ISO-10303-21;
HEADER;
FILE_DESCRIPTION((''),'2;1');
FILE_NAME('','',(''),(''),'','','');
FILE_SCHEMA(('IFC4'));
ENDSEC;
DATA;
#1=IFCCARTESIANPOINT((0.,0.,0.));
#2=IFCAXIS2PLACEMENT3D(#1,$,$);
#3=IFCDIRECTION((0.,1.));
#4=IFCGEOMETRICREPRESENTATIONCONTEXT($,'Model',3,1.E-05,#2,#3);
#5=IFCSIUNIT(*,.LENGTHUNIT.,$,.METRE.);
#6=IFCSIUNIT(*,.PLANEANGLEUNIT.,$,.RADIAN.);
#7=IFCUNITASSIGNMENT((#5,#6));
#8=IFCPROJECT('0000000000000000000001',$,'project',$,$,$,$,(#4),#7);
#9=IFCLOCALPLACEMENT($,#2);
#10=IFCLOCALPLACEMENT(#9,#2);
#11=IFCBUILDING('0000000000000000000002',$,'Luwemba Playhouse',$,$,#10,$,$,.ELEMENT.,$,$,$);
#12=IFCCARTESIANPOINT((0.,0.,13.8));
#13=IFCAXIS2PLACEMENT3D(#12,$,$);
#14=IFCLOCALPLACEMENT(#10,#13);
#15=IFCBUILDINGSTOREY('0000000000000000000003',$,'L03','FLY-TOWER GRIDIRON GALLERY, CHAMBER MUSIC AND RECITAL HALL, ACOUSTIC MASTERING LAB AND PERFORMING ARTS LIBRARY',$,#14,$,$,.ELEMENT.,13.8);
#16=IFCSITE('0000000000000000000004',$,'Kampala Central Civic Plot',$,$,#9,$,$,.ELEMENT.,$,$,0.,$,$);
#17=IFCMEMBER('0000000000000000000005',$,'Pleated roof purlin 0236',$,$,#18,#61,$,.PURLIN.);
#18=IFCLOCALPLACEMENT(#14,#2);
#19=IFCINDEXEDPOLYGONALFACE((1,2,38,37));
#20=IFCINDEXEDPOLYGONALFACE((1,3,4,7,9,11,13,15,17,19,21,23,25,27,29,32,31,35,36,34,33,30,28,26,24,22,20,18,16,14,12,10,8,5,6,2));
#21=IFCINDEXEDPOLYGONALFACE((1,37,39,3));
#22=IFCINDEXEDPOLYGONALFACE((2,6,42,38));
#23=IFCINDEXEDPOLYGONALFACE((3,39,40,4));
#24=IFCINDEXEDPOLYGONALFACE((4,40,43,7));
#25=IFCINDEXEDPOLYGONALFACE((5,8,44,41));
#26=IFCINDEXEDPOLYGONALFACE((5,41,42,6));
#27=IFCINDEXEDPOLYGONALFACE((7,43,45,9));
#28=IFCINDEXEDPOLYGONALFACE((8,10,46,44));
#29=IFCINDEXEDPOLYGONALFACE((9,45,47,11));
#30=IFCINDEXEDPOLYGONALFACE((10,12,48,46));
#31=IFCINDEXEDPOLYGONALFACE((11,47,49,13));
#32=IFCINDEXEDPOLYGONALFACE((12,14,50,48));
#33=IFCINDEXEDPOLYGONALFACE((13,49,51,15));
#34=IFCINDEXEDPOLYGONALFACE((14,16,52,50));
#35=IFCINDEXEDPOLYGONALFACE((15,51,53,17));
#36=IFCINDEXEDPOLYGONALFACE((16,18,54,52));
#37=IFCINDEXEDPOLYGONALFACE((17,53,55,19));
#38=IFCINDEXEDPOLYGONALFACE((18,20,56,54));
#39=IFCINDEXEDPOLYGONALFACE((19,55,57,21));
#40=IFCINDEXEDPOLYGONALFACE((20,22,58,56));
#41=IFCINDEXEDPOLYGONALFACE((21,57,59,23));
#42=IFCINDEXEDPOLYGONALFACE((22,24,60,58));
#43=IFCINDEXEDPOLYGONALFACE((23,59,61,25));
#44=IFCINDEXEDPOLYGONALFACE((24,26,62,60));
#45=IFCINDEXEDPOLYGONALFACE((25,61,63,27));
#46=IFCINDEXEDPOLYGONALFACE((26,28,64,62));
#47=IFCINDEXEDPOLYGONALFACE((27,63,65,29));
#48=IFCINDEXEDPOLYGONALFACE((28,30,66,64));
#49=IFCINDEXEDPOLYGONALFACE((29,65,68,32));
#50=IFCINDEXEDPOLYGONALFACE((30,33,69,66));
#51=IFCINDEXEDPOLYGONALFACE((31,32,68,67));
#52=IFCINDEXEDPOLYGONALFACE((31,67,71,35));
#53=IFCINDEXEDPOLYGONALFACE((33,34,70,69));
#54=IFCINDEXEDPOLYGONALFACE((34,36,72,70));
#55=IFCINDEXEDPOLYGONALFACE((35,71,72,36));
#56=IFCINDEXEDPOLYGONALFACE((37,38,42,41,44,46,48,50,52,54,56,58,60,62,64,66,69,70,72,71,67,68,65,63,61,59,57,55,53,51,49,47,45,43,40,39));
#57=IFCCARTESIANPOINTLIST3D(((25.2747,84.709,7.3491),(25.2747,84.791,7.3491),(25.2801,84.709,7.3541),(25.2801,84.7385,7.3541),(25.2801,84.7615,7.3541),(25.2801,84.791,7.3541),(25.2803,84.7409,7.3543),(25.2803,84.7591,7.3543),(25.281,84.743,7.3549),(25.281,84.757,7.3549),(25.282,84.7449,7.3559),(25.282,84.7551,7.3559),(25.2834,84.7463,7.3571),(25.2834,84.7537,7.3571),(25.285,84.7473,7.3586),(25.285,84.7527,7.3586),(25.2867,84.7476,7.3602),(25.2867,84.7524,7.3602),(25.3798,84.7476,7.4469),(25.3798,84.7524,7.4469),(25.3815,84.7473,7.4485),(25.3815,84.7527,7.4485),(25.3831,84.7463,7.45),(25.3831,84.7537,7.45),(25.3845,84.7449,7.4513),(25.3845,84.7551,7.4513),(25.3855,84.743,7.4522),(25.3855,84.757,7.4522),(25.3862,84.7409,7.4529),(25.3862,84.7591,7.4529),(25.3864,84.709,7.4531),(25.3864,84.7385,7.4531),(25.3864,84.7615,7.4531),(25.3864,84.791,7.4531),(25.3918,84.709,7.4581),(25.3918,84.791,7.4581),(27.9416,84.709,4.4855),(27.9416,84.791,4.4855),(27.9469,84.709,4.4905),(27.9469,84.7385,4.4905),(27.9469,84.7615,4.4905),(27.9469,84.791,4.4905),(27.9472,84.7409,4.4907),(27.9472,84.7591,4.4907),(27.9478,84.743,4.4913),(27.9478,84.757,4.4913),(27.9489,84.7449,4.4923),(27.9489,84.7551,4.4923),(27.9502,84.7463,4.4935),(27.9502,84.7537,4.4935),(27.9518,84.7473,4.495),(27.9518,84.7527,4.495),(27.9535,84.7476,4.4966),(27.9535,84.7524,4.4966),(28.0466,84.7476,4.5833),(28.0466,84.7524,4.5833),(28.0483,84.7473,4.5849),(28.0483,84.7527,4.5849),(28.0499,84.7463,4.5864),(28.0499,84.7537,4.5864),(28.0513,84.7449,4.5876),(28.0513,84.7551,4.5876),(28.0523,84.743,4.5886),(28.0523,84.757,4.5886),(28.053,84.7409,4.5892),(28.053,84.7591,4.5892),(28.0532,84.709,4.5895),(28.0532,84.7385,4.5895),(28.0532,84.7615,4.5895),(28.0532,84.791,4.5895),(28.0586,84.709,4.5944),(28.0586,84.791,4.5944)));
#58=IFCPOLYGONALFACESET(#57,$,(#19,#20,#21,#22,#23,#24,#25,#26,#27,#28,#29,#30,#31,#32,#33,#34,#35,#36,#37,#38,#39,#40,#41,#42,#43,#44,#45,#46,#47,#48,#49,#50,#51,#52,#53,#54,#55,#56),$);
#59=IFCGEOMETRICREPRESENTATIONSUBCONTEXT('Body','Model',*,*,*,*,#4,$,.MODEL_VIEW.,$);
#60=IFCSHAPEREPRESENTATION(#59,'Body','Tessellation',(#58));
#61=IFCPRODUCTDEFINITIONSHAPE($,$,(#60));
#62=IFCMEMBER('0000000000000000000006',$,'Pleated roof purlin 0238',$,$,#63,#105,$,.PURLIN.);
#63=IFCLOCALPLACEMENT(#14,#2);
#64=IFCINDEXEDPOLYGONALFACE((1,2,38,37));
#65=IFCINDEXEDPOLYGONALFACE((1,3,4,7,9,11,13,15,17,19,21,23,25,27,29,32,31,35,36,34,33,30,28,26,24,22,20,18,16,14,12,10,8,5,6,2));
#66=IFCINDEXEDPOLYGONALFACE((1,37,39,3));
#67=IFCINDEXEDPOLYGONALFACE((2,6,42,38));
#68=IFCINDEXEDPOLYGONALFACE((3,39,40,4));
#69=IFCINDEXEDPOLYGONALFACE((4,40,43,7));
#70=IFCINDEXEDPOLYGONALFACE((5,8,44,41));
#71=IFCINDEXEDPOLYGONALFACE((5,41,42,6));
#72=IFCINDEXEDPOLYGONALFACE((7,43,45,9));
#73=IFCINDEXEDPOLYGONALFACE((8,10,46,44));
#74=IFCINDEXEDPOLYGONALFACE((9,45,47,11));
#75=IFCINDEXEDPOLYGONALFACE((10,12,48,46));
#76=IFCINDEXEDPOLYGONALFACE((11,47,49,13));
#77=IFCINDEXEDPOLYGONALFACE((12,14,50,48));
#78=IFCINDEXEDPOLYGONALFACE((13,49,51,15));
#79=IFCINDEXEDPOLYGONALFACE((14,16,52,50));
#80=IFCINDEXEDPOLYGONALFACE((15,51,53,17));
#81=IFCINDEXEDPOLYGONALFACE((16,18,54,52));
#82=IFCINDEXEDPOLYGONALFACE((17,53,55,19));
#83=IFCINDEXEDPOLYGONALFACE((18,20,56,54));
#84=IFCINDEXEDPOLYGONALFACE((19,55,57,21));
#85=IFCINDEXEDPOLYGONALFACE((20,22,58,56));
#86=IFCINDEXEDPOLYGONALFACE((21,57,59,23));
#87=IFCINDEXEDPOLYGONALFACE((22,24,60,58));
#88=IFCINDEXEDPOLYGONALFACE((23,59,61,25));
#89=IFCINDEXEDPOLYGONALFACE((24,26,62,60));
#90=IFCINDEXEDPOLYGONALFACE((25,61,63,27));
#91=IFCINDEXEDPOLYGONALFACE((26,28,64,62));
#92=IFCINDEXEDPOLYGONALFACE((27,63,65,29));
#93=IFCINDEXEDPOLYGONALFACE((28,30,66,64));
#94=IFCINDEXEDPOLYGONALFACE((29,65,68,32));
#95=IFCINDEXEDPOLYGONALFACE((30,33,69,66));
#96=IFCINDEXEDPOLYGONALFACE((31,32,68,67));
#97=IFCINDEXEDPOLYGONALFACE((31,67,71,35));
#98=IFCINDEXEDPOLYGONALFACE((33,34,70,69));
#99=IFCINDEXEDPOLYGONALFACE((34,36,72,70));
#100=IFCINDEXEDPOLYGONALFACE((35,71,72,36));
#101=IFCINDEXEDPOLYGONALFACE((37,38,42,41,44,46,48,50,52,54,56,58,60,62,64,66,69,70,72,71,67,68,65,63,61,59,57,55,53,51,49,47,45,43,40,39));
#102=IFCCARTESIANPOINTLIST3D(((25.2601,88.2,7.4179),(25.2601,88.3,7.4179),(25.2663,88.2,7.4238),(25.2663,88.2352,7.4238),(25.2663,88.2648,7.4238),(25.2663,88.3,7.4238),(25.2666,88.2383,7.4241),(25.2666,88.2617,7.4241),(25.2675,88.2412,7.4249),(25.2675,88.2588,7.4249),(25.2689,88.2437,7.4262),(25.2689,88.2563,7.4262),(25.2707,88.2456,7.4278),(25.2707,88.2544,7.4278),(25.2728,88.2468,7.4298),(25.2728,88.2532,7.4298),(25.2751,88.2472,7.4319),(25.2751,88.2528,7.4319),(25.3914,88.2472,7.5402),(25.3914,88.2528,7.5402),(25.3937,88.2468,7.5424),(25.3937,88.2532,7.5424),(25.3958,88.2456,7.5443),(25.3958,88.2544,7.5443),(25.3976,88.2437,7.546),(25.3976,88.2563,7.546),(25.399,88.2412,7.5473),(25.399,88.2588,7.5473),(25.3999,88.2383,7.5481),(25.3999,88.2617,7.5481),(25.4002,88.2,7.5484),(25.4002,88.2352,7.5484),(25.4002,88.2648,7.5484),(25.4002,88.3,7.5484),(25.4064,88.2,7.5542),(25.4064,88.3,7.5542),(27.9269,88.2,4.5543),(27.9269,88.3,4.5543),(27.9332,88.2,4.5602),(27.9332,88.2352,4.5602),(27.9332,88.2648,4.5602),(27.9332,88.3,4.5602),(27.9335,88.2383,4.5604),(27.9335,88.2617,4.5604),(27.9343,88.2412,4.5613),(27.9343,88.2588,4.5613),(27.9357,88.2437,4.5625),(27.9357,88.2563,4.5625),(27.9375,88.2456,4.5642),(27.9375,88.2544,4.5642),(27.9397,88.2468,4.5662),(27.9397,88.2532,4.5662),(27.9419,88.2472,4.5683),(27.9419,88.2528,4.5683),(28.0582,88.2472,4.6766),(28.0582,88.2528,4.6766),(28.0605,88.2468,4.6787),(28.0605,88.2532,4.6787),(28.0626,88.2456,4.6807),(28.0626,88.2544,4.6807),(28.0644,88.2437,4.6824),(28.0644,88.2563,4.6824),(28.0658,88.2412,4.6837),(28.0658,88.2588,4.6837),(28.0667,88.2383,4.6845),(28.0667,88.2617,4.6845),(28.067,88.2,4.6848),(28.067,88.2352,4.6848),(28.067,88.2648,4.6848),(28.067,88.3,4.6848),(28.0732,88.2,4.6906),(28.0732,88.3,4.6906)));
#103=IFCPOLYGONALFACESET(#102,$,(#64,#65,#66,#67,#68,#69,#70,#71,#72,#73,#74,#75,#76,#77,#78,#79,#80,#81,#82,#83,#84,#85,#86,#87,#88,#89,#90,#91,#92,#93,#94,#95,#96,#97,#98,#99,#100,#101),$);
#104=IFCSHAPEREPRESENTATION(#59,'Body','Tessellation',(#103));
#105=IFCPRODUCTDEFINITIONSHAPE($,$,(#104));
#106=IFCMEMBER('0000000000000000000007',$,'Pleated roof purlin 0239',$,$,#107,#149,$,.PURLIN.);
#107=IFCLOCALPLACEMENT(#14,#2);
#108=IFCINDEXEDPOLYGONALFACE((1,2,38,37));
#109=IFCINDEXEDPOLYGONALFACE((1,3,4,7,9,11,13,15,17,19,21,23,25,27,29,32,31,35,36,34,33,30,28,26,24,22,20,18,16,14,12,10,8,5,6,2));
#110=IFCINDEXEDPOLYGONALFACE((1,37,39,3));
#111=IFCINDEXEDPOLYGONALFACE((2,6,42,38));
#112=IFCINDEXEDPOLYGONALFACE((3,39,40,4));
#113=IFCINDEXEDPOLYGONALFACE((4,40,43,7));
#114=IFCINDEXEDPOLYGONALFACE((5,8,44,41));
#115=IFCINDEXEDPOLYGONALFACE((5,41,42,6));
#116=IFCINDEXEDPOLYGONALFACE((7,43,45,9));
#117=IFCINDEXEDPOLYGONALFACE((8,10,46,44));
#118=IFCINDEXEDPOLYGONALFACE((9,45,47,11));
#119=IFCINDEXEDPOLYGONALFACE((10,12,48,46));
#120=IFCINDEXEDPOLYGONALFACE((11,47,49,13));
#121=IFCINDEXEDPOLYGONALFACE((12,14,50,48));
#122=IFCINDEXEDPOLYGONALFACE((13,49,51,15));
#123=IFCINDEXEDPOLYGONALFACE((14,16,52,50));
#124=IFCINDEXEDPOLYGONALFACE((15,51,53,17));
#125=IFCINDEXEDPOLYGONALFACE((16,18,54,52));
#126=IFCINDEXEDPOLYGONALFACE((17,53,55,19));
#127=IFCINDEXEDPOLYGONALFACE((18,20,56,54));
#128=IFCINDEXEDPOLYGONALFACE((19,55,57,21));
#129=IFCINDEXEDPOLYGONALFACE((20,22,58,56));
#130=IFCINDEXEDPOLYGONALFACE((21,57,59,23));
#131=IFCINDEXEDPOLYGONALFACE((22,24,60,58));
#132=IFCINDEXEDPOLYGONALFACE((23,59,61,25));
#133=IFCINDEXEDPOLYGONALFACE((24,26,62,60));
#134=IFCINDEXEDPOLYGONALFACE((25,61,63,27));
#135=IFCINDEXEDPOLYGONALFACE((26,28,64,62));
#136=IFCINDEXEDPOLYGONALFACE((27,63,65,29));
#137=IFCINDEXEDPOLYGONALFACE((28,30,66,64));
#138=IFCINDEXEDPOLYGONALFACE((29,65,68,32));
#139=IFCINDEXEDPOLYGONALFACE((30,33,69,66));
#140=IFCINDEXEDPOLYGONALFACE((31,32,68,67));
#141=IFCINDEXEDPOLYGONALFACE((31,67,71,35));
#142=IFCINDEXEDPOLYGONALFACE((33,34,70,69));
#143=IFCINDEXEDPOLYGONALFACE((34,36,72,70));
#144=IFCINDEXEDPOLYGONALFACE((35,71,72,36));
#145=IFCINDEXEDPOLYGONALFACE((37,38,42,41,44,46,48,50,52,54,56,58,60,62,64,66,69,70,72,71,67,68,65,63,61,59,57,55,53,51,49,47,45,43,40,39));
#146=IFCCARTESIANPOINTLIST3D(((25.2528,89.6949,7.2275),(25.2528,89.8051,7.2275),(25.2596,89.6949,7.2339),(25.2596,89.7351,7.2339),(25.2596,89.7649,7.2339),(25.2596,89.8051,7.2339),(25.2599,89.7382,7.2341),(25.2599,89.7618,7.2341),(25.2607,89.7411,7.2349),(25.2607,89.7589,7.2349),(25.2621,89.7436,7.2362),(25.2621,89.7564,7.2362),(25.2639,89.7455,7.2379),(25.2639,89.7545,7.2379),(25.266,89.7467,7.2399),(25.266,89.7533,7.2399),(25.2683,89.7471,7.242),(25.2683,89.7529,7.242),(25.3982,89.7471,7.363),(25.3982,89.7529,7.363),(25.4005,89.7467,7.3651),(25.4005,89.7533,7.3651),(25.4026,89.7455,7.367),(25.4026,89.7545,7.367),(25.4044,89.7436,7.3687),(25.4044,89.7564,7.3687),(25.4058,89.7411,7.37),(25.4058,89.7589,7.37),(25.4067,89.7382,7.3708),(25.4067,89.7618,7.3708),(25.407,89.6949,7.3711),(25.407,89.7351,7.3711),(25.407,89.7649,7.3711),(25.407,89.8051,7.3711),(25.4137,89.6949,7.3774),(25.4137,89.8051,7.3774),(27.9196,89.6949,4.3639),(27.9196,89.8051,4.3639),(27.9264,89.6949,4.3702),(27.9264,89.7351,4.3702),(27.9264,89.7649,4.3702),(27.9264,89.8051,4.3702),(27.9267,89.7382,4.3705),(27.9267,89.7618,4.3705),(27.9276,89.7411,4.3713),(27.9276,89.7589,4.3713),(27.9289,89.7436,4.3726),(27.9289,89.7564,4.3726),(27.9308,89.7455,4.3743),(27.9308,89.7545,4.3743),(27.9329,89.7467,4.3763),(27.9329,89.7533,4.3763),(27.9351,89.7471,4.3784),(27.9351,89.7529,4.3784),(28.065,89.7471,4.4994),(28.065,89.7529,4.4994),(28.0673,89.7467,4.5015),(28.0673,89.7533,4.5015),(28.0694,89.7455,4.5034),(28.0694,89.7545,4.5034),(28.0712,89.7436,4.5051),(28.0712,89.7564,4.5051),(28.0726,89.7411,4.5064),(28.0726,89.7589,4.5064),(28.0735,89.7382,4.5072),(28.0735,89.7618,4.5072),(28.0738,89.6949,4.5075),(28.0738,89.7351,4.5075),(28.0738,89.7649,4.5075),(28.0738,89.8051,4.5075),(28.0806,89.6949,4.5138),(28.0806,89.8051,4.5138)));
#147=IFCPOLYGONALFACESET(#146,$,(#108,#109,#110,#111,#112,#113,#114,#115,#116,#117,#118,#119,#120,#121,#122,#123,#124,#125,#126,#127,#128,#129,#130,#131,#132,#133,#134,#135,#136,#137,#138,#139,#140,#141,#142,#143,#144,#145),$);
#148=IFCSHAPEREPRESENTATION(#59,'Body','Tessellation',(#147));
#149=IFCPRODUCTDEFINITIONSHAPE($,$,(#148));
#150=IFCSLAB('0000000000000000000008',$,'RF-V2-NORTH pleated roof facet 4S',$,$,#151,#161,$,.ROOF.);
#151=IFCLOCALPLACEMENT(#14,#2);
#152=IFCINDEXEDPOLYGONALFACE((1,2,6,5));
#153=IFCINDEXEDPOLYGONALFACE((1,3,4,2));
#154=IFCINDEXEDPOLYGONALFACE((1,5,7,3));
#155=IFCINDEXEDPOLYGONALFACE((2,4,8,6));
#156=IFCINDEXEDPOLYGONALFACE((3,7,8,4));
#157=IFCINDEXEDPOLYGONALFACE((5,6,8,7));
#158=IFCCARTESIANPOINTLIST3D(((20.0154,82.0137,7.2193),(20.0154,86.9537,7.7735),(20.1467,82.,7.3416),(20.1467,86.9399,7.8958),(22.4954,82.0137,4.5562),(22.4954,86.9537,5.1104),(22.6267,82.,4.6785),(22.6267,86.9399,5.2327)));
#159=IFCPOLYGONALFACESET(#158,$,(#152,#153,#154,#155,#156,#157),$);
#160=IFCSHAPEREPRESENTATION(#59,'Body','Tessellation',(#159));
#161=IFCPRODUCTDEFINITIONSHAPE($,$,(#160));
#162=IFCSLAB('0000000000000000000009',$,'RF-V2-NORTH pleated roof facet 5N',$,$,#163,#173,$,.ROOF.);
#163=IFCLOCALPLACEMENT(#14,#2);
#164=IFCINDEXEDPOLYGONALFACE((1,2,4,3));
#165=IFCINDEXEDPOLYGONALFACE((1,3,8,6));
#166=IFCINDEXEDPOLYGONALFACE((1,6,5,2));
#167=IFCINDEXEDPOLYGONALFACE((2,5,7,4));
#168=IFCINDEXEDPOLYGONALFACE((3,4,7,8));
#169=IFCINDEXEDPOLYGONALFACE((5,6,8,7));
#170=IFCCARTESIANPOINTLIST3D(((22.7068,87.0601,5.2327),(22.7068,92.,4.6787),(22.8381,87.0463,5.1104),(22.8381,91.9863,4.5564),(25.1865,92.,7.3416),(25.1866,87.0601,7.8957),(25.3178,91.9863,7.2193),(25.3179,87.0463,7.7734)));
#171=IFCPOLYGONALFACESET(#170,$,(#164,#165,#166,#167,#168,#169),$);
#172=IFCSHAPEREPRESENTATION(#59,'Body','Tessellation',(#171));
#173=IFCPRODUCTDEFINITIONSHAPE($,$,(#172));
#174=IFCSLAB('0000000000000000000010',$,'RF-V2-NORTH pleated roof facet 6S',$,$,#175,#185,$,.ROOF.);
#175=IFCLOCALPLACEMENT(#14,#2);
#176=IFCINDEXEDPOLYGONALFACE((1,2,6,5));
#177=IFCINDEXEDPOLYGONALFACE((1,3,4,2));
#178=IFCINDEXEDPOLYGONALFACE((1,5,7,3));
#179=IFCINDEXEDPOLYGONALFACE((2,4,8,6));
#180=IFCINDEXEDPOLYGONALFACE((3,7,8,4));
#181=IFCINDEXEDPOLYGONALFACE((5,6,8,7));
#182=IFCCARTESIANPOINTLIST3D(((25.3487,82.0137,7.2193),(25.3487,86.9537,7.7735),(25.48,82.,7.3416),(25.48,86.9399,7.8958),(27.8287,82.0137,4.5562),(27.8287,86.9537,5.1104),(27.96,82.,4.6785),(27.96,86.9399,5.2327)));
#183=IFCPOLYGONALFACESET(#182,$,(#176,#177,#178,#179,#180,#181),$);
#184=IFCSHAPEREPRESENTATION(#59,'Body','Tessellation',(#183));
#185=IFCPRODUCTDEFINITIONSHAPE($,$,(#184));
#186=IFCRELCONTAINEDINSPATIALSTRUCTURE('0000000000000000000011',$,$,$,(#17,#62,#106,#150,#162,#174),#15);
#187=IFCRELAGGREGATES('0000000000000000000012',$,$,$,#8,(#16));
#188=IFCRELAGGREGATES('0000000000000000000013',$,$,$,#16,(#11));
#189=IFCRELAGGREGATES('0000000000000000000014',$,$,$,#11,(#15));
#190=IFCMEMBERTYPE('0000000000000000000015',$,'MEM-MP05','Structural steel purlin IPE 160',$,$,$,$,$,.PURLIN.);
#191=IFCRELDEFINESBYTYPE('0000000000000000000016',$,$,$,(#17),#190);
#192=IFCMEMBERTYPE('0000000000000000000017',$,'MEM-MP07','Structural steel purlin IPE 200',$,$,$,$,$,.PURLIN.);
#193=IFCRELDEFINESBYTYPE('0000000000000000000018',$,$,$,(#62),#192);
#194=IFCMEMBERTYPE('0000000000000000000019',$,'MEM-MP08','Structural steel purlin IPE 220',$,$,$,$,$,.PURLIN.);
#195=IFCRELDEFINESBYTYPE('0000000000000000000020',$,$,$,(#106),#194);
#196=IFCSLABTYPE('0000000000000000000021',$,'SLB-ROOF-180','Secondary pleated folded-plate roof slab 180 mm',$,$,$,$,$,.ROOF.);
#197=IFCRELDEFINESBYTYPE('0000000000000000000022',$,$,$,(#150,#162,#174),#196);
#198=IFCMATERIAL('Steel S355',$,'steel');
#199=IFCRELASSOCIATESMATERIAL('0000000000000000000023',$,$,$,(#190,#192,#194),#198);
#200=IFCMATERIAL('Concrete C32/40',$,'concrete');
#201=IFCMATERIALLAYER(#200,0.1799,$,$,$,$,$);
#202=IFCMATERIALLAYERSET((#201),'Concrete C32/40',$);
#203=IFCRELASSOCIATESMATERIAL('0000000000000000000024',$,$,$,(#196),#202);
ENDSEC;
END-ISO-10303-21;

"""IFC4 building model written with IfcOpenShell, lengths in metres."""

from ifc_helpers import new_model, si_unit, direction, frame, origin, origin_2d, place, context, subcontext, project, spatial, polyline, i_section, outline, extrude, material, layer, layer_set, material_profile, profile_set, type_object, element, save


model = new_model("IFC4")

# Units and contexts
model_context = context("Model", 3, precision=1e-05, world=origin(), true_north=direction((0.0, 1.0)))
body_context = subcontext(model_context, "Body", "Model", "MODEL_VIEW")
ifc_project = project(units=[si_unit("LENGTHUNIT", "METRE"), si_unit("PLANEANGLEUNIT", "RADIAN")], contexts=[model_context])

# Site, building, storey
site_placement = place(None, origin())
site = spatial("IfcSite", under=ifc_project, at=site_placement, Name="Kampala Central Civic Plot", CompositionType="ELEMENT", RefElevation=0.0)
building_placement = place(site_placement, origin())
building = spatial("IfcBuilding", under=site, at=building_placement, Name="Luwemba Playhouse", CompositionType="ELEMENT")
storey_placement = place(building_placement, frame((0.0, 0.0, 13.8)))
storey = spatial("IfcBuildingStorey", under=building, at=storey_placement, Name="L03", Description="FLY-TOWER GRIDIRON GALLERY, CHAMBER MUSIC AND RECITAL HALL, ACOUSTIC MASTERING LAB AND PERFORMING ARTS LIBRARY", CompositionType="ELEMENT", Elevation=13.8)

# Shared definitions
ifc_material_1 = material(Name="Steel S355", Category="steel")

# Members
ifc_material_profile_1 = material_profile(ifc_material_1, i_section(OverallWidth=0.082, OverallDepth=0.1599, WebThickness=0.0049, FlangeThickness=0.0073, FilletRadius=0.009, at=origin_2d()))
ifc_profile_set_1 = profile_set([ifc_material_profile_1], Name="Steel S355")
member_type_1 = type_object("IfcMemberType", Name="MEM-MP05", Description="Structural steel purlin IPE 160", PredefinedType="PURLIN", material=ifc_profile_set_1)
member_1_placement = place(storey_placement, frame((25.3333, 84.75, 7.4036), z_axis=(0.681515, 0.0, -0.731804), x_axis=(0.0, 1.0, 0.0)))
element("IfcMember", 1, at=member_1_placement, inside=storey, type_object=member_type_1, Name="Pleated roof purlin 0236", PredefinedType="PURLIN", context=body_context, shape_type="SweptSolid", body=[
    extrude(i_section(OverallWidth=0.082, OverallDepth=0.1599, WebThickness=0.0049, FlangeThickness=0.0073, FilletRadius=0.009, at=origin_2d()), origin(), (0.0, 0.0, 1.0), 3.9131),
])
ifc_material_profile_2 = material_profile(ifc_material_1, i_section(OverallWidth=0.1001, OverallDepth=0.2, WebThickness=0.0056, FlangeThickness=0.0085, FilletRadius=0.012, at=origin_2d()))
ifc_profile_set_2 = profile_set([ifc_material_profile_2], Name="Steel S355")
member_type_2 = type_object("IfcMemberType", Name="MEM-MP07", Description="Structural steel purlin IPE 200", PredefinedType="PURLIN", material=ifc_profile_set_2)
member_2_placement = place(storey_placement, frame((25.3333, 88.25, 7.4861), z_axis=(0.681515, 0.0, -0.731804), x_axis=(0.0, 1.0, 0.0)))
element("IfcMember", 2, at=member_2_placement, inside=storey, type_object=member_type_2, Name="Pleated roof purlin 0238", PredefinedType="PURLIN", context=body_context, shape_type="SweptSolid", body=[
    extrude(i_section(OverallWidth=0.1001, OverallDepth=0.2, WebThickness=0.0056, FlangeThickness=0.0085, FilletRadius=0.012, at=origin_2d()), origin(), (0.0, 0.0, 1.0), 3.9131),
])
ifc_material_profile_3 = material_profile(ifc_material_1, i_section(OverallWidth=0.1101, OverallDepth=0.22, WebThickness=0.0059, FlangeThickness=0.0093, FilletRadius=0.012, at=origin_2d()))
ifc_profile_set_3 = profile_set([ifc_material_profile_3], Name="Steel S355")
member_type_3 = type_object("IfcMemberType", Name="MEM-MP08", Description="Structural steel purlin IPE 220", PredefinedType="PURLIN", material=ifc_profile_set_3)
member_3_placement = place(storey_placement, frame((25.3333, 89.75, 7.3025), z_axis=(0.681515, 0.0, -0.731804), x_axis=(0.0, 1.0, 0.0)))
element("IfcMember", 3, at=member_3_placement, inside=storey, type_object=member_type_3, Name="Pleated roof purlin 0239", PredefinedType="PURLIN", context=body_context, shape_type="SweptSolid", body=[
    extrude(i_section(OverallWidth=0.1101, OverallDepth=0.22, WebThickness=0.0059, FlangeThickness=0.0093, FilletRadius=0.012, at=origin_2d()), origin(), (0.0, 0.0, 1.0), 3.9131),
])

# Slabs
ifc_material_2 = material(Name="Concrete C32/40", Category="concrete")
ifc_layer_1 = layer(ifc_material_2, 0.1799)
ifc_layer_set_1 = layer_set([ifc_layer_1], Name="Concrete C32/40")
slab_type = type_object("IfcSlabType", Name="SLB-ROOF-180", Description="Secondary pleated folded-plate roof slab 180 mm", PredefinedType="ROOF", material=ifc_layer_set_1)
slab_1_placement = place(storey_placement, frame((20.1467, 82.0, 7.3416), z_axis=(0.729688, -0.076233, 0.679517), x_axis=(0.6815, 0.0, -0.731818)))
element("IfcSlab", 4, at=slab_1_placement, inside=storey, type_object=slab_type, Name="RF-V2-NORTH pleated roof facet 4S", PredefinedType="ROOF", context=body_context, shape_type="SweptSolid", body=[
    extrude(outline(polyline([(0.0, 0.0), (3.639, 0.0), (3.2334, 4.9544), (-0.4056, 4.9544), (0.0, 0.0)])), origin(), (0.0, 0.0, -1.0), 0.1799),
])
slab_2_placement = place(storey_placement, frame((22.7068, 87.0601, 5.2327), z_axis=(-0.729707, 0.076214, 0.679499), x_axis=(0.681481, -0.000002, 0.731836)))
element("IfcSlab", 5, at=slab_2_placement, inside=storey, type_object=slab_type, Name="RF-V2-NORTH pleated roof facet 5N", PredefinedType="ROOF", context=body_context, shape_type="SweptSolid", body=[
    extrude(outline(polyline([(0.0, 0.0), (3.6388, 0.0), (3.2332, 4.9544), (-0.4054, 4.9543), (0.0, 0.0)])), origin(), (0.0, 0.0, -1.0), 0.1799),
])
for number, where, z_axis, x_axis, name in (
    (6, (25.48, 82.0, 7.3416), (0.729688, -0.076233, 0.679517), (0.6815, 0.0, -0.731818), "RF-V2-NORTH pleated roof facet 6S"),
):
    element("IfcSlab", number, at=place(storey_placement, frame(where, z_axis=z_axis, x_axis=x_axis)), inside=storey, type_object=slab_type, Name=name, PredefinedType="ROOF", context=body_context, shape_type="SweptSolid", body=[
        extrude(outline(polyline([(0.0, 0.0), (3.639, 0.0), (3.2334, 4.9544), (-0.4056, 4.9544), (0.0, 0.0)])), origin(), (0.0, 0.0, -1.0), 0.1799),
    ])

save(model, "model.ifc")
